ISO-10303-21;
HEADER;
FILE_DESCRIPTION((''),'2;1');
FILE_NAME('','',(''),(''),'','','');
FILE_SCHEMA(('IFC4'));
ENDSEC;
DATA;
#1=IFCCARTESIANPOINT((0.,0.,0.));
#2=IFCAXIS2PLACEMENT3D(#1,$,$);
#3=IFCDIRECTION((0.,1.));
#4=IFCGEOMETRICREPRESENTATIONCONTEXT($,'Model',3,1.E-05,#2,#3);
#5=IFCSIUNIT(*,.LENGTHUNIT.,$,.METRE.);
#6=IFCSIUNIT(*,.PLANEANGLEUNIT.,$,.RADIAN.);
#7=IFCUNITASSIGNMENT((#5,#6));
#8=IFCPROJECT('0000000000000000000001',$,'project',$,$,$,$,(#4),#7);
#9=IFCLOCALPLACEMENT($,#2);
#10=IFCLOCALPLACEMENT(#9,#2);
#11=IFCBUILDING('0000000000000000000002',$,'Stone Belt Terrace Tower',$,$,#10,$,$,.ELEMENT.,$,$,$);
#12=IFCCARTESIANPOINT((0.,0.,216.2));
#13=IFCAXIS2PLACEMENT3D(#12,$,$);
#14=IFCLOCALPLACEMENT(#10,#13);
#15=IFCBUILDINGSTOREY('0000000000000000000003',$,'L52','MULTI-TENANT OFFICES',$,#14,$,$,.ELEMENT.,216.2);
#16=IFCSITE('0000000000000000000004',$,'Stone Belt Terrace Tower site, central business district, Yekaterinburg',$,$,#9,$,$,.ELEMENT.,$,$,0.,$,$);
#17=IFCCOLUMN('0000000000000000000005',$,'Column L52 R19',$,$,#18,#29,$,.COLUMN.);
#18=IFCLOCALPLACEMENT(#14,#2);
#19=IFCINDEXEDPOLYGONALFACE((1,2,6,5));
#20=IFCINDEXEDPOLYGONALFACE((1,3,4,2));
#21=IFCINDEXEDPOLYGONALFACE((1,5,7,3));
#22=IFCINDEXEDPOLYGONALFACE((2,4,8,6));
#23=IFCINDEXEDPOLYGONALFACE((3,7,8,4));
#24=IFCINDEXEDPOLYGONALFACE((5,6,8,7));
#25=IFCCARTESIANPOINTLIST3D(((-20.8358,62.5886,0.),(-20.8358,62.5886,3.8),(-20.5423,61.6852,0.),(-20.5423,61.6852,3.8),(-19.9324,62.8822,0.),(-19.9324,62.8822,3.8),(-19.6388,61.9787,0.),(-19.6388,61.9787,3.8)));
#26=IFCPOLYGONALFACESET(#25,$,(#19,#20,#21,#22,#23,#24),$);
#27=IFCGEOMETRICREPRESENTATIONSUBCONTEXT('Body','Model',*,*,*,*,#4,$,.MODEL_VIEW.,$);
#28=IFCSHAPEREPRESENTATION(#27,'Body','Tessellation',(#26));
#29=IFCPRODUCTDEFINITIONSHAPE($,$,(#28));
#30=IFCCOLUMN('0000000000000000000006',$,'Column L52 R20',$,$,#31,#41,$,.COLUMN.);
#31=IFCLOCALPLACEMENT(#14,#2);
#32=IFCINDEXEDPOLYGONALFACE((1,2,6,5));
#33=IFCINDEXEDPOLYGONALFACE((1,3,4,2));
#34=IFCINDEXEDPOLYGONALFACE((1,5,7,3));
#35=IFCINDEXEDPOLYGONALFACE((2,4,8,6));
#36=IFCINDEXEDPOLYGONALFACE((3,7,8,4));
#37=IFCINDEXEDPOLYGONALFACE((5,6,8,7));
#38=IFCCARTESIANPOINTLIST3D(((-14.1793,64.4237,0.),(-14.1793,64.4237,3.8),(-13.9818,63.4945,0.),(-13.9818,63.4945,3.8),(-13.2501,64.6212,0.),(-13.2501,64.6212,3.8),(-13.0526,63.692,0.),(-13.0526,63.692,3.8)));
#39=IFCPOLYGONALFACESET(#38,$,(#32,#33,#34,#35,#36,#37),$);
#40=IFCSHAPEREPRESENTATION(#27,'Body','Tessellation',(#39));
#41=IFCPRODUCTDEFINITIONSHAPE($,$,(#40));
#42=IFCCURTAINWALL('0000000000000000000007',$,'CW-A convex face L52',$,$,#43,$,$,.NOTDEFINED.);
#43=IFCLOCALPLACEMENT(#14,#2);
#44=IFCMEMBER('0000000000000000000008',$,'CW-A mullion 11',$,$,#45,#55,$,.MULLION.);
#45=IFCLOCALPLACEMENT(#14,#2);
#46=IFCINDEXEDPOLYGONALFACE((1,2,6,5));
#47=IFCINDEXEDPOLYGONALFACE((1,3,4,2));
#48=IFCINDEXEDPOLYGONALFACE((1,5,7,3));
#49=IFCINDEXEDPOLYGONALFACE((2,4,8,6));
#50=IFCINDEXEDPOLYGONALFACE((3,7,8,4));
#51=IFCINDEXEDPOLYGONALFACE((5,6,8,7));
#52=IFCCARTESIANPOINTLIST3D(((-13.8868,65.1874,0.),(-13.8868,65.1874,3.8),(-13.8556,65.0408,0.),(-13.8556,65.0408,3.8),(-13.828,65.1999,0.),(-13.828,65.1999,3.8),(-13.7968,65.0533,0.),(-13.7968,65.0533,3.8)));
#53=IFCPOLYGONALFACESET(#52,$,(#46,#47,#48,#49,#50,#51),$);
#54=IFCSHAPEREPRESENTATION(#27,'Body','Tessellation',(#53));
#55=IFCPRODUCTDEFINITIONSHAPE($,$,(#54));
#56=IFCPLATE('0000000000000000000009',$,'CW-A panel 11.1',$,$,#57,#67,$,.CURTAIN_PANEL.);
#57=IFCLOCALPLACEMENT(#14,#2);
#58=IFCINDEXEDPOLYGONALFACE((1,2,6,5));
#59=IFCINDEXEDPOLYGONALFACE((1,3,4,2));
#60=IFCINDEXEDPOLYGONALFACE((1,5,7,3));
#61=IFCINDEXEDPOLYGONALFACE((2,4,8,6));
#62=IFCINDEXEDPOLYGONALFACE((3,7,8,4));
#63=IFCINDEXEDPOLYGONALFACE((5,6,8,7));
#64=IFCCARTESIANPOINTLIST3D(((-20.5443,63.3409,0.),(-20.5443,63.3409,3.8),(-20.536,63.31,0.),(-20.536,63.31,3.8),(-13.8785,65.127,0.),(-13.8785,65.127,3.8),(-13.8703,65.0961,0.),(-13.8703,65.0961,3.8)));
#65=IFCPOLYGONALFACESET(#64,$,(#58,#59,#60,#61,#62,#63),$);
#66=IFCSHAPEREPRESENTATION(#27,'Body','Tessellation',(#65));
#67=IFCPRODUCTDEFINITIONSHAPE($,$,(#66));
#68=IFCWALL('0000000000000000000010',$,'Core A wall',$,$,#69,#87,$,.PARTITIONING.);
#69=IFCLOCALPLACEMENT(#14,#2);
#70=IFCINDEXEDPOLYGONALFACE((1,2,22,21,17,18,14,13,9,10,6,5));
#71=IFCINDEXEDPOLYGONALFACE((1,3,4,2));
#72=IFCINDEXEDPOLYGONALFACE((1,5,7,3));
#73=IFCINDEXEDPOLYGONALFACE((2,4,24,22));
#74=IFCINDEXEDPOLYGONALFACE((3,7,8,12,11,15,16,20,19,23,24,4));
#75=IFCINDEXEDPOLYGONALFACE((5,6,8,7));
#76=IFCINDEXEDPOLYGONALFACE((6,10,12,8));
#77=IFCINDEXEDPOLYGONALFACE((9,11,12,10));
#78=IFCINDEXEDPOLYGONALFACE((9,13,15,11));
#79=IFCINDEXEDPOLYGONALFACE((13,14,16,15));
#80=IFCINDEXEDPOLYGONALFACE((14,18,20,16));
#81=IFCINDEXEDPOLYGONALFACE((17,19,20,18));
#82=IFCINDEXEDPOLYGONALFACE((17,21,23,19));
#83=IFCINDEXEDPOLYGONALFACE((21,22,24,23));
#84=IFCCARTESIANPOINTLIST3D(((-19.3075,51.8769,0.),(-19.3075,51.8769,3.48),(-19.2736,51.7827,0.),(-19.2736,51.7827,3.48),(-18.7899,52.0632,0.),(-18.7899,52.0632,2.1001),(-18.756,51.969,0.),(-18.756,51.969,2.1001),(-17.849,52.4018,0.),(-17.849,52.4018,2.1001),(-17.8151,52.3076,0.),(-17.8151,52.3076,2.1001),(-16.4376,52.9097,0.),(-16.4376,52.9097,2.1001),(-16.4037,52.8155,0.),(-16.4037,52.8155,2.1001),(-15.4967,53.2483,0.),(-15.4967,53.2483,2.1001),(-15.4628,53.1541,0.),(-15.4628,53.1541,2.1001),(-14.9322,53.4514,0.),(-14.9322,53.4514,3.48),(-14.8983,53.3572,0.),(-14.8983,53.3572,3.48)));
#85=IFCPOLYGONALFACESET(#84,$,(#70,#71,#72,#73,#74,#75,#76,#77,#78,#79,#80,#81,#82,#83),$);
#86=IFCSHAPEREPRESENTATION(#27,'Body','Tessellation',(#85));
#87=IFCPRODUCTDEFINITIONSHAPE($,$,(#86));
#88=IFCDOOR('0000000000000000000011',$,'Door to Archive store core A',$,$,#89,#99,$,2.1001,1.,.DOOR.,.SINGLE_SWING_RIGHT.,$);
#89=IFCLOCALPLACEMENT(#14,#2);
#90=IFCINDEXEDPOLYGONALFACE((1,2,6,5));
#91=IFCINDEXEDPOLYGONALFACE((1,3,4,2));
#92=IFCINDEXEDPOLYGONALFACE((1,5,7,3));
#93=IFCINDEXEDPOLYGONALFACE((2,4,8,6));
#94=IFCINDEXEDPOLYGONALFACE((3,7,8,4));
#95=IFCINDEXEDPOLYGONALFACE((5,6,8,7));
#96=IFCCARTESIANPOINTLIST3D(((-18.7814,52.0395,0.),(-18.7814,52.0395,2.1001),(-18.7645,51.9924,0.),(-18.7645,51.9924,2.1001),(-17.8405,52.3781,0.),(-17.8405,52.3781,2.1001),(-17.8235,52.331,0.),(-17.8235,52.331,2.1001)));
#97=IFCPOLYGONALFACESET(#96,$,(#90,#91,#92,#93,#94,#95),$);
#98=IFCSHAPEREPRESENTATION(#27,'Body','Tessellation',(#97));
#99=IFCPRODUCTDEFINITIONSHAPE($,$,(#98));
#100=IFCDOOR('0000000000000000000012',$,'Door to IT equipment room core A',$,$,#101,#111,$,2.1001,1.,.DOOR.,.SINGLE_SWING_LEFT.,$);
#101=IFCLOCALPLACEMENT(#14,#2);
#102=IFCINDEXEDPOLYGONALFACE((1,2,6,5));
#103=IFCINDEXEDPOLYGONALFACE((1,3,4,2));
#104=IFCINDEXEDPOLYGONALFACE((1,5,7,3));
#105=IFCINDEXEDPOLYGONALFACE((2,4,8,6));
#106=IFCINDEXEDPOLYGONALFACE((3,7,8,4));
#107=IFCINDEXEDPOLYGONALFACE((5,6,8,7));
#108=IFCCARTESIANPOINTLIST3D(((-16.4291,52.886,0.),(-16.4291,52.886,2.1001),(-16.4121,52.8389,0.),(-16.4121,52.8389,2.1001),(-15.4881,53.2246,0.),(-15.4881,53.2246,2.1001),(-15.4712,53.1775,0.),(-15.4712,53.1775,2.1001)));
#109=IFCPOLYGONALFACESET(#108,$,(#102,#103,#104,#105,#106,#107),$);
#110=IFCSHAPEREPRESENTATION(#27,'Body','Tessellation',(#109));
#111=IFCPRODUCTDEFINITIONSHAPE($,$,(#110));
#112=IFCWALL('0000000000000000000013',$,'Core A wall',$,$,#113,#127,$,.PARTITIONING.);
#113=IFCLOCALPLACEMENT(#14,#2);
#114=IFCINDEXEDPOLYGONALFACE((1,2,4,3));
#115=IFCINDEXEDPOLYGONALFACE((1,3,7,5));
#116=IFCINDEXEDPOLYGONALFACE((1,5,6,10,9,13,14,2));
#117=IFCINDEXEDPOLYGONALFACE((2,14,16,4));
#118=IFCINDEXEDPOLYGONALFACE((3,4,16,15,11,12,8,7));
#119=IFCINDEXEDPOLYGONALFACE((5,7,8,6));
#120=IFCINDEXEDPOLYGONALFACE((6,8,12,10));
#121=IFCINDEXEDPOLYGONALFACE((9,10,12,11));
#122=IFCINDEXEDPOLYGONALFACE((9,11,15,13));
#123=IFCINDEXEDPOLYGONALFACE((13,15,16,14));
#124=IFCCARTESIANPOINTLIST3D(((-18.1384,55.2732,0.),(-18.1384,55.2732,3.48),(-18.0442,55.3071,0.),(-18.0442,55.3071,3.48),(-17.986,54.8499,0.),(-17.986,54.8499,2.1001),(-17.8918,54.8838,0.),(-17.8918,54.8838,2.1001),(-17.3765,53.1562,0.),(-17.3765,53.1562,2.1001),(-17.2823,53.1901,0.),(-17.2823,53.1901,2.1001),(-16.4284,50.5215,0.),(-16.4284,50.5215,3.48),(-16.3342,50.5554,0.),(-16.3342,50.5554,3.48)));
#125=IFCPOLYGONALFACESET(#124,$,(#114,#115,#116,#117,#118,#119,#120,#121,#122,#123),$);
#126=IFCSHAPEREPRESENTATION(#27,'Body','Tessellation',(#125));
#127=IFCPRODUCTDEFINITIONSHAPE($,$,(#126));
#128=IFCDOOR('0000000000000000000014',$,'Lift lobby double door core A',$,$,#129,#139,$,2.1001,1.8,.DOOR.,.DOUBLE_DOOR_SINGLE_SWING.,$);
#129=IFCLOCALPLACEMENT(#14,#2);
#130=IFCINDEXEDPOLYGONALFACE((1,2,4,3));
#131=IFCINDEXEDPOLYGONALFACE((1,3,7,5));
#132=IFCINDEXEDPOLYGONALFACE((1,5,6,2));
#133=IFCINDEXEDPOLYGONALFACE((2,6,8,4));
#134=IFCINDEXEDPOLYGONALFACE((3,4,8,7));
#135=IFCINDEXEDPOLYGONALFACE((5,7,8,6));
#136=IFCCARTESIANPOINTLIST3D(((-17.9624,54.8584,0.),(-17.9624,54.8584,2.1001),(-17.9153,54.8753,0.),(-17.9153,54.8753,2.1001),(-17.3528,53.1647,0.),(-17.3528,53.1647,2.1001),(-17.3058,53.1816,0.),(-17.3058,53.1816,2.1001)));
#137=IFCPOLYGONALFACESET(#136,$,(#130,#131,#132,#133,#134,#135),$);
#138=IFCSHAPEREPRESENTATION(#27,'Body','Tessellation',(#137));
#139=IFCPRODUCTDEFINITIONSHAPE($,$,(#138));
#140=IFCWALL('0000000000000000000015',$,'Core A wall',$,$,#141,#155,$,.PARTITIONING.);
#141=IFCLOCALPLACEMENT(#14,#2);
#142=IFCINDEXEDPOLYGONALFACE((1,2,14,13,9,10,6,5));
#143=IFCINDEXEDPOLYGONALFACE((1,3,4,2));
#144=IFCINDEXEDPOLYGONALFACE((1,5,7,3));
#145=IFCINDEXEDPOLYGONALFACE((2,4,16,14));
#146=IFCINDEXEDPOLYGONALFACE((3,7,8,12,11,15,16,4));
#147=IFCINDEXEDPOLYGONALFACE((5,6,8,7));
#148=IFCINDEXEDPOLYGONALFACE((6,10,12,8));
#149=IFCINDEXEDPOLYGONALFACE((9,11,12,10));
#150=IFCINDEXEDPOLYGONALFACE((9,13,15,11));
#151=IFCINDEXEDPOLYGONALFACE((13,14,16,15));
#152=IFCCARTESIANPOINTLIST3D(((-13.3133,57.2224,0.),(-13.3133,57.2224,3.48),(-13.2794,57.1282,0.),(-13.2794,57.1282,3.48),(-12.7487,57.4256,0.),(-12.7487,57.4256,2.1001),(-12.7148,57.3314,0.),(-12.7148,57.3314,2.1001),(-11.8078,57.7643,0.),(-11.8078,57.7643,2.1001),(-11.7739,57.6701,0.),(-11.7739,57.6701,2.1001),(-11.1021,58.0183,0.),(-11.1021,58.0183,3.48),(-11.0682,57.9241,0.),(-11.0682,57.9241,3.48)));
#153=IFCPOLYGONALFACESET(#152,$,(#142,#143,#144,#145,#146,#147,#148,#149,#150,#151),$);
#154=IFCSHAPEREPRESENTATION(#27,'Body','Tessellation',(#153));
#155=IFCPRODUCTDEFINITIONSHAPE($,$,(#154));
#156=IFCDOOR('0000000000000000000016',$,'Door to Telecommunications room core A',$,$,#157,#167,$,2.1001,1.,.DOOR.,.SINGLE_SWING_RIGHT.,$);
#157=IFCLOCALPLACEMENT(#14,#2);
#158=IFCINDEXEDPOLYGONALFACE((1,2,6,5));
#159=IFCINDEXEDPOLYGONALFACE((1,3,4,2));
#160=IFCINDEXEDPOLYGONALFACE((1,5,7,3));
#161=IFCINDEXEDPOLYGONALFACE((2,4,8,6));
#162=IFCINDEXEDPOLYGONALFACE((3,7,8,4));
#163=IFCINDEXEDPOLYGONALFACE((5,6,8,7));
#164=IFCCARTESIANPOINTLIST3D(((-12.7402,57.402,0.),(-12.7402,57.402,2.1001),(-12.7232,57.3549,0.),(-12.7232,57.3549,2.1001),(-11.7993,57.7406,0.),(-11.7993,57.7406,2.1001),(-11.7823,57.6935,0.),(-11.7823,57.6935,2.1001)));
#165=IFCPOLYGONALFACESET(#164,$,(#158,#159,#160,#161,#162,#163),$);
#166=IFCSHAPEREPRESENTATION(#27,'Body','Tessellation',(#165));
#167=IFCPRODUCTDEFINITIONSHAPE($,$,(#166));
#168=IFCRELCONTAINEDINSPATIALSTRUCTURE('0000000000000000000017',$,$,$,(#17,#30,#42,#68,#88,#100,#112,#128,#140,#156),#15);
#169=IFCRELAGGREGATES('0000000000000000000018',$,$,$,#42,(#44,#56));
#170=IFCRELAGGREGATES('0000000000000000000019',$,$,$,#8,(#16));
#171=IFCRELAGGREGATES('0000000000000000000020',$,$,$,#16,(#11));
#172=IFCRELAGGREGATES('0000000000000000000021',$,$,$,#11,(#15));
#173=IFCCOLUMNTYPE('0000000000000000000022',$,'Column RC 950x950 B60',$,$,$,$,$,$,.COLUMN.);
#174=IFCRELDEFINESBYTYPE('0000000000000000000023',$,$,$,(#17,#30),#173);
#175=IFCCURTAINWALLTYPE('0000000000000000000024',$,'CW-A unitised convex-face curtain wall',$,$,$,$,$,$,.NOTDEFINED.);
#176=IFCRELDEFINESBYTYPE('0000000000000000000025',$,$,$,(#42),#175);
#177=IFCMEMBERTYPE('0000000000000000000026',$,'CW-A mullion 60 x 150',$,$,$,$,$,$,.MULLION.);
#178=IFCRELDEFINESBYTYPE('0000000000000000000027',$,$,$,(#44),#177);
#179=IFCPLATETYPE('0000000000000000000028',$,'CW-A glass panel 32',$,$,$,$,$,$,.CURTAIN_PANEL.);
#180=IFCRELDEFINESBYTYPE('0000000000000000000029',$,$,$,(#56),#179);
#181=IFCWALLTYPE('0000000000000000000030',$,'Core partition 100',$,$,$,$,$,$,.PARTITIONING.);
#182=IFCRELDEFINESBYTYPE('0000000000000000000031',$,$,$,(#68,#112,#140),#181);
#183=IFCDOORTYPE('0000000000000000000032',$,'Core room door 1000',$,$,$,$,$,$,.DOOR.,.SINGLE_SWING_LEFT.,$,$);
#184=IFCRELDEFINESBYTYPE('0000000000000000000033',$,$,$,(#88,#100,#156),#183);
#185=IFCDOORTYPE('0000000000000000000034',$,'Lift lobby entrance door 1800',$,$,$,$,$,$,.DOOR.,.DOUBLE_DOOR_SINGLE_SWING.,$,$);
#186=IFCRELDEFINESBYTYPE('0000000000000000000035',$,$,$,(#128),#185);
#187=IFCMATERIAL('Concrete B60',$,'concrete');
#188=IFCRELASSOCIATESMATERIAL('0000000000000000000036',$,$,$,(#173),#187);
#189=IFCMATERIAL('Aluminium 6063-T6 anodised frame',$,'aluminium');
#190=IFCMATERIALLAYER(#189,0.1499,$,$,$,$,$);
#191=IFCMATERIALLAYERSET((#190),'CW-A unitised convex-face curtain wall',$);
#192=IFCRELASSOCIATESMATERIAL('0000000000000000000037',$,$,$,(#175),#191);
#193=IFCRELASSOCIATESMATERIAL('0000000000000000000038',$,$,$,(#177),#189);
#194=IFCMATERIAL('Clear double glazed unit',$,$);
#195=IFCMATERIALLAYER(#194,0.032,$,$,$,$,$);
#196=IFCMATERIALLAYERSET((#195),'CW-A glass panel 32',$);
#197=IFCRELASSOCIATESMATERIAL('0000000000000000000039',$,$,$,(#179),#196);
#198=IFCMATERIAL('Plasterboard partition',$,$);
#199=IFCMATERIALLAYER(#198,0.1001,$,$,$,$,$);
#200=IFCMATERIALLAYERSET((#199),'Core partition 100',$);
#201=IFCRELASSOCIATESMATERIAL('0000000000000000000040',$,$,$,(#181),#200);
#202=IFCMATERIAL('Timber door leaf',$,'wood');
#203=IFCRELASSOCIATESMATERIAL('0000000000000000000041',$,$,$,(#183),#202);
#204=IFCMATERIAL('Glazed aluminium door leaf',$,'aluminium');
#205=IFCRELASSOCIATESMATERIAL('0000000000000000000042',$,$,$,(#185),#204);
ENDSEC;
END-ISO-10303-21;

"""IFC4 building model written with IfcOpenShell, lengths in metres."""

from ifc_helpers import new_model, si_unit, direction, frame, frame_2d, origin, origin_2d, place, context, subcontext, project, spatial, rectangle, extrude, material, layer, layer_set, material_profile, profile_set, type_object, element, fill, aggregate, save


model = new_model("IFC4")

# Units and contexts
model_context = context("Model", 3, precision=1e-05, world=origin(), true_north=direction((0.0, 1.0)))
body_context = subcontext(model_context, "Body", "Model", "MODEL_VIEW")
ifc_project = project(units=[si_unit("LENGTHUNIT", "METRE"), si_unit("PLANEANGLEUNIT", "RADIAN")], contexts=[model_context])

# Site, building, storey
site_placement = place(None, origin())
site = spatial("IfcSite", under=ifc_project, at=site_placement, Name="Stone Belt Terrace Tower site, central business district, Yekaterinburg", CompositionType="ELEMENT", RefElevation=0.0)
building_placement = place(site_placement, origin())
building = spatial("IfcBuilding", under=site, at=building_placement, Name="Stone Belt Terrace Tower", CompositionType="ELEMENT")
storey_placement = place(building_placement, frame((0.0, 0.0, 216.2)))
storey = spatial("IfcBuildingStorey", under=building, at=storey_placement, Name="L52", Description="MULTI-TENANT OFFICES", CompositionType="ELEMENT", Elevation=216.2)

# Columns
ifc_material_1 = material(Name="Concrete B60", Category="concrete")
ifc_material_profile_1 = material_profile(ifc_material_1, rectangle(XDim=0.95, YDim=0.95, at=origin_2d()), Name="RC 950x950")
ifc_profile_set_1 = profile_set([ifc_material_profile_1], Name="Concrete B60")
column_type = type_object("IfcColumnType", Name="Column RC 950x950 B60", PredefinedType="COLUMN", material=ifc_profile_set_1)
for number, where, z_axis, x_axis, name in (
    (1, (-20.2373, 62.2837, 0.0), (0.0, 0.0, 1.0), (0.951057, 0.309017, 0.0), "Column L52 R19"),
    (2, (-13.616, 64.0579, 0.0), (0.0, 0.0, 1.0), (0.978148, 0.207912, 0.0), "Column L52 R20"),
):
    element("IfcColumn", number, at=place(storey_placement, frame(where, z_axis=z_axis, x_axis=x_axis)), inside=storey, type_object=column_type, Name=name, PredefinedType="COLUMN", context=body_context, shape_type="SweptSolid", body=[
        extrude(rectangle(XDim=0.95, YDim=0.95, at=origin_2d()), origin(), (0.0, 0.0, 1.0), 3.8),
    ])

# Curtain wall, member, plate
ifc_material_2 = material(Name="Aluminium 6063-T6 anodised frame", Category="aluminium")
ifc_layer_1 = layer(ifc_material_2, 0.1499)
ifc_layer_set_1 = layer_set([ifc_layer_1], Name="CW-A unitised convex-face curtain wall")
curtain_wall_type = type_object("IfcCurtainWallType", Name="CW-A unitised convex-face curtain wall", PredefinedType="NOTDEFINED", material=ifc_layer_set_1)
curtain_wall_placement = place(storey_placement, origin())
curtain_wall = element("IfcCurtainWall", 3, at=curtain_wall_placement, inside=storey, type_object=curtain_wall_type, Name="CW-A convex face L52", PredefinedType="NOTDEFINED")
ifc_material_profile_2 = material_profile(ifc_material_2, rectangle(XDim=0.1499, YDim=0.0601, at=origin_2d()), Name="Aluminium 6063-T6 60x150")
ifc_profile_set_2 = profile_set([ifc_material_profile_2], Name="Aluminium 6063-T6 anodised frame")
member_type = type_object("IfcMemberType", Name="CW-A mullion 60 x 150", PredefinedType="MULLION", material=ifc_profile_set_2)
member_placement = place(storey_placement, frame((-13.8418, 65.1204, 0.0), z_axis=(0.0, 0.0, 1.0), x_axis=(0.207912, -0.978148, 0.0)))
member = element("IfcMember", 4, at=member_placement, type_object=member_type, Name="CW-A mullion 11", PredefinedType="MULLION", context=body_context, shape_type="SweptSolid", body=[
    extrude(rectangle(XDim=0.1499, YDim=0.0601, at=origin_2d()), origin(), (0.0, 0.0, 1.0), 3.8),
])
ifc_material_3 = material(Name="Clear double glazed unit")
ifc_layer_2 = layer(ifc_material_3, 0.032)
ifc_layer_set_2 = layer_set([ifc_layer_2], Name="CW-A glass panel 32")
plate_type = type_object("IfcPlateType", Name="CW-A glass panel 32", PredefinedType="CURTAIN_PANEL", material=ifc_layer_set_2)
plate_placement = place(storey_placement, frame((-17.2073, 64.2185, 0.0), z_axis=(0.0, 0.0, 1.0), x_axis=(-0.965926, -0.258819, 0.0)))
plate = element("IfcPlate", 5, at=plate_placement, type_object=plate_type, Name="CW-A panel 11.1", PredefinedType="CURTAIN_PANEL", context=body_context, shape_type="SweptSolid", body=[
    extrude(rectangle(XDim=6.9009, YDim=0.032, at=origin_2d()), origin(), (0.0, 0.0, 1.0), 3.8),
])
aggregate(curtain_wall, [member, plate])

# Wall, openings, doors
ifc_material_4 = material(Name="Plasterboard partition")
ifc_layer_3 = layer(ifc_material_4, 0.1001)
ifc_layer_set_3 = layer_set([ifc_layer_3], Name="Core partition 100")
wall_type_1 = type_object("IfcWallType", Name="Core partition 100", PredefinedType="PARTITIONING", material=ifc_layer_set_3)
wall_1_placement = place(storey_placement, frame((-19.2905, 51.8298, 0.0), z_axis=(0.0, 0.0, 1.0), x_axis=(0.94093, 0.3386, 0.0)))
wall_1 = element("IfcWall", 6, at=wall_1_placement, inside=storey, type_object=wall_type_1, Name="Core A wall", PredefinedType="PARTITIONING", context=body_context, shape_type="SweptSolid", body=[
    extrude(rectangle(XDim=4.6499, YDim=0.1001, at=frame_2d((2.325, 0.0))), origin(), (0.0, 0.0, 1.0), 3.48),
])
opening_1_placement = place(wall_1_placement, frame((0.55, 0.0, 0.0)))
opening_1 = element("IfcOpeningElement", 7, at=opening_1_placement, cuts=wall_1, PredefinedType="OPENING", context=body_context, shape_type="SweptSolid", body=[
    extrude(rectangle(XDim=1.0, YDim=2.1001, at=frame_2d((0.5, 1.05))), frame((0.0, 0.0601, 0.0), z_axis=(0.0, -1.0, 0.0), x_axis=(1.0, 0.0, 0.0)), (0.0, 0.0, 1.0), 0.1201),
])
opening_2_placement = place(wall_1_placement, frame((3.05, 0.0, 0.0)))
opening_2 = element("IfcOpeningElement", 8, at=opening_2_placement, cuts=wall_1, PredefinedType="OPENING", context=body_context, shape_type="SweptSolid", body=[
    extrude(rectangle(XDim=1.0, YDim=2.1001, at=frame_2d((0.5, 1.05))), frame((0.0, 0.0601, 0.0), z_axis=(0.0, -1.0, 0.0), x_axis=(1.0, 0.0, 0.0)), (0.0, 0.0, 1.0), 0.1201),
])
ifc_material_5 = material(Name="Timber door leaf", Category="wood")
door_type_1 = type_object("IfcDoorType", Name="Core room door 1000", OperationType="SINGLE_SWING_LEFT", PredefinedType="DOOR", material=ifc_material_5)
door_1_placement = place(opening_1_placement, origin())
door_1 = element("IfcDoor", 9, at=door_1_placement, inside=storey, type_object=door_type_1, Name="Door to Archive store core A", OperationType="SINGLE_SWING_RIGHT", OverallHeight=2.1001, OverallWidth=1.0, PredefinedType="DOOR", context=body_context, shape_type="SweptSolid", body=[
    extrude(rectangle(XDim=1.0, YDim=2.1001, at=frame_2d((0.5, 1.05))), frame((0.0, 0.0249, 0.0), z_axis=(0.0, -1.0, 0.0), x_axis=(1.0, 0.0, 0.0)), (0.0, 0.0, 1.0), 0.05),
])
fill(opening_1, door_1)
door_2_placement = place(opening_2_placement, origin())
door_2 = element("IfcDoor", 10, at=door_2_placement, inside=storey, type_object=door_type_1, Name="Door to IT equipment room core A", OperationType="SINGLE_SWING_LEFT", OverallHeight=2.1001, OverallWidth=1.0, PredefinedType="DOOR", context=body_context, shape_type="SweptSolid", body=[
    extrude(rectangle(XDim=1.0, YDim=2.1001, at=frame_2d((0.5, 1.05))), frame((0.0, 0.0249, 0.0), z_axis=(0.0, -1.0, 0.0), x_axis=(1.0, 0.0, 0.0)), (0.0, 0.0, 1.0), 0.05),
])
fill(opening_2, door_2)

# Walls, openings, doors
wall_2_placement = place(storey_placement, frame((-16.3813, 50.5386, 0.0), z_axis=(0.0, 0.0, 1.0), x_axis=(-0.338605, 0.940929, 0.0)))
wall_2 = element("IfcWall", 11, at=wall_2_placement, inside=storey, type_object=wall_type_1, Name="Core A wall", PredefinedType="PARTITIONING", context=body_context, shape_type="SweptSolid", body=[
    extrude(rectangle(XDim=5.05, YDim=0.1001, at=frame_2d((2.5249, 0.0))), origin(), (0.0, 0.0, 1.0), 3.48),
])
opening_3_placement = place(wall_2_placement, frame((2.8, 0.0, 0.0)))
opening_3 = element("IfcOpeningElement", 12, at=opening_3_placement, cuts=wall_2, PredefinedType="OPENING", context=body_context, shape_type="SweptSolid", body=[
    extrude(rectangle(XDim=1.8, YDim=2.1001, at=frame_2d((0.8999, 1.05))), frame((0.0, 0.0601, 0.0), z_axis=(0.0, -1.0, 0.0), x_axis=(1.0, 0.0, 0.0)), (0.0, 0.0, 1.0), 0.1201),
])
ifc_material_6 = material(Name="Glazed aluminium door leaf", Category="aluminium")
door_type_2 = type_object("IfcDoorType", Name="Lift lobby entrance door 1800", OperationType="DOUBLE_DOOR_SINGLE_SWING", PredefinedType="DOOR", material=ifc_material_6)
door_3_placement = place(opening_3_placement, origin())
door_3 = element("IfcDoor", 13, at=door_3_placement, inside=storey, type_object=door_type_2, Name="Lift lobby double door core A", OperationType="DOUBLE_DOOR_SINGLE_SWING", OverallHeight=2.1001, OverallWidth=1.8, PredefinedType="DOOR", context=body_context, shape_type="SweptSolid", body=[
    extrude(rectangle(XDim=1.8, YDim=2.1001, at=frame_2d((0.8999, 1.05))), frame((0.0, 0.0249, 0.0), z_axis=(0.0, -1.0, 0.0), x_axis=(1.0, 0.0, 0.0)), (0.0, 0.0, 1.0), 0.05),
])
fill(opening_3, door_3)
wall_3_placement = place(storey_placement, frame((-13.2964, 57.1753, 0.0), z_axis=(0.0, 0.0, 1.0), x_axis=(0.940905, 0.338672, 0.0)))
wall_3 = element("IfcWall", 14, at=wall_3_placement, inside=storey, type_object=wall_type_1, Name="Core A wall", PredefinedType="PARTITIONING", context=body_context, shape_type="SweptSolid", body=[
    extrude(rectangle(XDim=2.3501, YDim=0.1001, at=frame_2d((1.175, 0.0))), origin(), (0.0, 0.0, 1.0), 3.48),
])
opening_4_placement = place(wall_3_placement, frame((0.6001, 0.0, 0.0)))
opening_4 = element("IfcOpeningElement", 15, at=opening_4_placement, cuts=wall_3, PredefinedType="OPENING", context=body_context, shape_type="SweptSolid", body=[
    extrude(rectangle(XDim=1.0, YDim=2.1001, at=frame_2d((0.5, 1.05))), frame((0.0, 0.0601, 0.0), z_axis=(0.0, -1.0, 0.0), x_axis=(1.0, 0.0, 0.0)), (0.0, 0.0, 1.0), 0.1201),
])
door_4_placement = place(opening_4_placement, origin())
door_4 = element("IfcDoor", 16, at=door_4_placement, inside=storey, type_object=door_type_1, Name="Door to Telecommunications room core A", OperationType="SINGLE_SWING_RIGHT", OverallHeight=2.1001, OverallWidth=1.0, PredefinedType="DOOR", context=body_context, shape_type="SweptSolid", body=[
    extrude(rectangle(XDim=1.0, YDim=2.1001, at=frame_2d((0.5, 1.05))), frame((0.0, 0.0249, 0.0), z_axis=(0.0, -1.0, 0.0), x_axis=(1.0, 0.0, 0.0)), (0.0, 0.0, 1.0), 0.05),
])
fill(opening_4, door_4)

save(model, "model.ifc")
